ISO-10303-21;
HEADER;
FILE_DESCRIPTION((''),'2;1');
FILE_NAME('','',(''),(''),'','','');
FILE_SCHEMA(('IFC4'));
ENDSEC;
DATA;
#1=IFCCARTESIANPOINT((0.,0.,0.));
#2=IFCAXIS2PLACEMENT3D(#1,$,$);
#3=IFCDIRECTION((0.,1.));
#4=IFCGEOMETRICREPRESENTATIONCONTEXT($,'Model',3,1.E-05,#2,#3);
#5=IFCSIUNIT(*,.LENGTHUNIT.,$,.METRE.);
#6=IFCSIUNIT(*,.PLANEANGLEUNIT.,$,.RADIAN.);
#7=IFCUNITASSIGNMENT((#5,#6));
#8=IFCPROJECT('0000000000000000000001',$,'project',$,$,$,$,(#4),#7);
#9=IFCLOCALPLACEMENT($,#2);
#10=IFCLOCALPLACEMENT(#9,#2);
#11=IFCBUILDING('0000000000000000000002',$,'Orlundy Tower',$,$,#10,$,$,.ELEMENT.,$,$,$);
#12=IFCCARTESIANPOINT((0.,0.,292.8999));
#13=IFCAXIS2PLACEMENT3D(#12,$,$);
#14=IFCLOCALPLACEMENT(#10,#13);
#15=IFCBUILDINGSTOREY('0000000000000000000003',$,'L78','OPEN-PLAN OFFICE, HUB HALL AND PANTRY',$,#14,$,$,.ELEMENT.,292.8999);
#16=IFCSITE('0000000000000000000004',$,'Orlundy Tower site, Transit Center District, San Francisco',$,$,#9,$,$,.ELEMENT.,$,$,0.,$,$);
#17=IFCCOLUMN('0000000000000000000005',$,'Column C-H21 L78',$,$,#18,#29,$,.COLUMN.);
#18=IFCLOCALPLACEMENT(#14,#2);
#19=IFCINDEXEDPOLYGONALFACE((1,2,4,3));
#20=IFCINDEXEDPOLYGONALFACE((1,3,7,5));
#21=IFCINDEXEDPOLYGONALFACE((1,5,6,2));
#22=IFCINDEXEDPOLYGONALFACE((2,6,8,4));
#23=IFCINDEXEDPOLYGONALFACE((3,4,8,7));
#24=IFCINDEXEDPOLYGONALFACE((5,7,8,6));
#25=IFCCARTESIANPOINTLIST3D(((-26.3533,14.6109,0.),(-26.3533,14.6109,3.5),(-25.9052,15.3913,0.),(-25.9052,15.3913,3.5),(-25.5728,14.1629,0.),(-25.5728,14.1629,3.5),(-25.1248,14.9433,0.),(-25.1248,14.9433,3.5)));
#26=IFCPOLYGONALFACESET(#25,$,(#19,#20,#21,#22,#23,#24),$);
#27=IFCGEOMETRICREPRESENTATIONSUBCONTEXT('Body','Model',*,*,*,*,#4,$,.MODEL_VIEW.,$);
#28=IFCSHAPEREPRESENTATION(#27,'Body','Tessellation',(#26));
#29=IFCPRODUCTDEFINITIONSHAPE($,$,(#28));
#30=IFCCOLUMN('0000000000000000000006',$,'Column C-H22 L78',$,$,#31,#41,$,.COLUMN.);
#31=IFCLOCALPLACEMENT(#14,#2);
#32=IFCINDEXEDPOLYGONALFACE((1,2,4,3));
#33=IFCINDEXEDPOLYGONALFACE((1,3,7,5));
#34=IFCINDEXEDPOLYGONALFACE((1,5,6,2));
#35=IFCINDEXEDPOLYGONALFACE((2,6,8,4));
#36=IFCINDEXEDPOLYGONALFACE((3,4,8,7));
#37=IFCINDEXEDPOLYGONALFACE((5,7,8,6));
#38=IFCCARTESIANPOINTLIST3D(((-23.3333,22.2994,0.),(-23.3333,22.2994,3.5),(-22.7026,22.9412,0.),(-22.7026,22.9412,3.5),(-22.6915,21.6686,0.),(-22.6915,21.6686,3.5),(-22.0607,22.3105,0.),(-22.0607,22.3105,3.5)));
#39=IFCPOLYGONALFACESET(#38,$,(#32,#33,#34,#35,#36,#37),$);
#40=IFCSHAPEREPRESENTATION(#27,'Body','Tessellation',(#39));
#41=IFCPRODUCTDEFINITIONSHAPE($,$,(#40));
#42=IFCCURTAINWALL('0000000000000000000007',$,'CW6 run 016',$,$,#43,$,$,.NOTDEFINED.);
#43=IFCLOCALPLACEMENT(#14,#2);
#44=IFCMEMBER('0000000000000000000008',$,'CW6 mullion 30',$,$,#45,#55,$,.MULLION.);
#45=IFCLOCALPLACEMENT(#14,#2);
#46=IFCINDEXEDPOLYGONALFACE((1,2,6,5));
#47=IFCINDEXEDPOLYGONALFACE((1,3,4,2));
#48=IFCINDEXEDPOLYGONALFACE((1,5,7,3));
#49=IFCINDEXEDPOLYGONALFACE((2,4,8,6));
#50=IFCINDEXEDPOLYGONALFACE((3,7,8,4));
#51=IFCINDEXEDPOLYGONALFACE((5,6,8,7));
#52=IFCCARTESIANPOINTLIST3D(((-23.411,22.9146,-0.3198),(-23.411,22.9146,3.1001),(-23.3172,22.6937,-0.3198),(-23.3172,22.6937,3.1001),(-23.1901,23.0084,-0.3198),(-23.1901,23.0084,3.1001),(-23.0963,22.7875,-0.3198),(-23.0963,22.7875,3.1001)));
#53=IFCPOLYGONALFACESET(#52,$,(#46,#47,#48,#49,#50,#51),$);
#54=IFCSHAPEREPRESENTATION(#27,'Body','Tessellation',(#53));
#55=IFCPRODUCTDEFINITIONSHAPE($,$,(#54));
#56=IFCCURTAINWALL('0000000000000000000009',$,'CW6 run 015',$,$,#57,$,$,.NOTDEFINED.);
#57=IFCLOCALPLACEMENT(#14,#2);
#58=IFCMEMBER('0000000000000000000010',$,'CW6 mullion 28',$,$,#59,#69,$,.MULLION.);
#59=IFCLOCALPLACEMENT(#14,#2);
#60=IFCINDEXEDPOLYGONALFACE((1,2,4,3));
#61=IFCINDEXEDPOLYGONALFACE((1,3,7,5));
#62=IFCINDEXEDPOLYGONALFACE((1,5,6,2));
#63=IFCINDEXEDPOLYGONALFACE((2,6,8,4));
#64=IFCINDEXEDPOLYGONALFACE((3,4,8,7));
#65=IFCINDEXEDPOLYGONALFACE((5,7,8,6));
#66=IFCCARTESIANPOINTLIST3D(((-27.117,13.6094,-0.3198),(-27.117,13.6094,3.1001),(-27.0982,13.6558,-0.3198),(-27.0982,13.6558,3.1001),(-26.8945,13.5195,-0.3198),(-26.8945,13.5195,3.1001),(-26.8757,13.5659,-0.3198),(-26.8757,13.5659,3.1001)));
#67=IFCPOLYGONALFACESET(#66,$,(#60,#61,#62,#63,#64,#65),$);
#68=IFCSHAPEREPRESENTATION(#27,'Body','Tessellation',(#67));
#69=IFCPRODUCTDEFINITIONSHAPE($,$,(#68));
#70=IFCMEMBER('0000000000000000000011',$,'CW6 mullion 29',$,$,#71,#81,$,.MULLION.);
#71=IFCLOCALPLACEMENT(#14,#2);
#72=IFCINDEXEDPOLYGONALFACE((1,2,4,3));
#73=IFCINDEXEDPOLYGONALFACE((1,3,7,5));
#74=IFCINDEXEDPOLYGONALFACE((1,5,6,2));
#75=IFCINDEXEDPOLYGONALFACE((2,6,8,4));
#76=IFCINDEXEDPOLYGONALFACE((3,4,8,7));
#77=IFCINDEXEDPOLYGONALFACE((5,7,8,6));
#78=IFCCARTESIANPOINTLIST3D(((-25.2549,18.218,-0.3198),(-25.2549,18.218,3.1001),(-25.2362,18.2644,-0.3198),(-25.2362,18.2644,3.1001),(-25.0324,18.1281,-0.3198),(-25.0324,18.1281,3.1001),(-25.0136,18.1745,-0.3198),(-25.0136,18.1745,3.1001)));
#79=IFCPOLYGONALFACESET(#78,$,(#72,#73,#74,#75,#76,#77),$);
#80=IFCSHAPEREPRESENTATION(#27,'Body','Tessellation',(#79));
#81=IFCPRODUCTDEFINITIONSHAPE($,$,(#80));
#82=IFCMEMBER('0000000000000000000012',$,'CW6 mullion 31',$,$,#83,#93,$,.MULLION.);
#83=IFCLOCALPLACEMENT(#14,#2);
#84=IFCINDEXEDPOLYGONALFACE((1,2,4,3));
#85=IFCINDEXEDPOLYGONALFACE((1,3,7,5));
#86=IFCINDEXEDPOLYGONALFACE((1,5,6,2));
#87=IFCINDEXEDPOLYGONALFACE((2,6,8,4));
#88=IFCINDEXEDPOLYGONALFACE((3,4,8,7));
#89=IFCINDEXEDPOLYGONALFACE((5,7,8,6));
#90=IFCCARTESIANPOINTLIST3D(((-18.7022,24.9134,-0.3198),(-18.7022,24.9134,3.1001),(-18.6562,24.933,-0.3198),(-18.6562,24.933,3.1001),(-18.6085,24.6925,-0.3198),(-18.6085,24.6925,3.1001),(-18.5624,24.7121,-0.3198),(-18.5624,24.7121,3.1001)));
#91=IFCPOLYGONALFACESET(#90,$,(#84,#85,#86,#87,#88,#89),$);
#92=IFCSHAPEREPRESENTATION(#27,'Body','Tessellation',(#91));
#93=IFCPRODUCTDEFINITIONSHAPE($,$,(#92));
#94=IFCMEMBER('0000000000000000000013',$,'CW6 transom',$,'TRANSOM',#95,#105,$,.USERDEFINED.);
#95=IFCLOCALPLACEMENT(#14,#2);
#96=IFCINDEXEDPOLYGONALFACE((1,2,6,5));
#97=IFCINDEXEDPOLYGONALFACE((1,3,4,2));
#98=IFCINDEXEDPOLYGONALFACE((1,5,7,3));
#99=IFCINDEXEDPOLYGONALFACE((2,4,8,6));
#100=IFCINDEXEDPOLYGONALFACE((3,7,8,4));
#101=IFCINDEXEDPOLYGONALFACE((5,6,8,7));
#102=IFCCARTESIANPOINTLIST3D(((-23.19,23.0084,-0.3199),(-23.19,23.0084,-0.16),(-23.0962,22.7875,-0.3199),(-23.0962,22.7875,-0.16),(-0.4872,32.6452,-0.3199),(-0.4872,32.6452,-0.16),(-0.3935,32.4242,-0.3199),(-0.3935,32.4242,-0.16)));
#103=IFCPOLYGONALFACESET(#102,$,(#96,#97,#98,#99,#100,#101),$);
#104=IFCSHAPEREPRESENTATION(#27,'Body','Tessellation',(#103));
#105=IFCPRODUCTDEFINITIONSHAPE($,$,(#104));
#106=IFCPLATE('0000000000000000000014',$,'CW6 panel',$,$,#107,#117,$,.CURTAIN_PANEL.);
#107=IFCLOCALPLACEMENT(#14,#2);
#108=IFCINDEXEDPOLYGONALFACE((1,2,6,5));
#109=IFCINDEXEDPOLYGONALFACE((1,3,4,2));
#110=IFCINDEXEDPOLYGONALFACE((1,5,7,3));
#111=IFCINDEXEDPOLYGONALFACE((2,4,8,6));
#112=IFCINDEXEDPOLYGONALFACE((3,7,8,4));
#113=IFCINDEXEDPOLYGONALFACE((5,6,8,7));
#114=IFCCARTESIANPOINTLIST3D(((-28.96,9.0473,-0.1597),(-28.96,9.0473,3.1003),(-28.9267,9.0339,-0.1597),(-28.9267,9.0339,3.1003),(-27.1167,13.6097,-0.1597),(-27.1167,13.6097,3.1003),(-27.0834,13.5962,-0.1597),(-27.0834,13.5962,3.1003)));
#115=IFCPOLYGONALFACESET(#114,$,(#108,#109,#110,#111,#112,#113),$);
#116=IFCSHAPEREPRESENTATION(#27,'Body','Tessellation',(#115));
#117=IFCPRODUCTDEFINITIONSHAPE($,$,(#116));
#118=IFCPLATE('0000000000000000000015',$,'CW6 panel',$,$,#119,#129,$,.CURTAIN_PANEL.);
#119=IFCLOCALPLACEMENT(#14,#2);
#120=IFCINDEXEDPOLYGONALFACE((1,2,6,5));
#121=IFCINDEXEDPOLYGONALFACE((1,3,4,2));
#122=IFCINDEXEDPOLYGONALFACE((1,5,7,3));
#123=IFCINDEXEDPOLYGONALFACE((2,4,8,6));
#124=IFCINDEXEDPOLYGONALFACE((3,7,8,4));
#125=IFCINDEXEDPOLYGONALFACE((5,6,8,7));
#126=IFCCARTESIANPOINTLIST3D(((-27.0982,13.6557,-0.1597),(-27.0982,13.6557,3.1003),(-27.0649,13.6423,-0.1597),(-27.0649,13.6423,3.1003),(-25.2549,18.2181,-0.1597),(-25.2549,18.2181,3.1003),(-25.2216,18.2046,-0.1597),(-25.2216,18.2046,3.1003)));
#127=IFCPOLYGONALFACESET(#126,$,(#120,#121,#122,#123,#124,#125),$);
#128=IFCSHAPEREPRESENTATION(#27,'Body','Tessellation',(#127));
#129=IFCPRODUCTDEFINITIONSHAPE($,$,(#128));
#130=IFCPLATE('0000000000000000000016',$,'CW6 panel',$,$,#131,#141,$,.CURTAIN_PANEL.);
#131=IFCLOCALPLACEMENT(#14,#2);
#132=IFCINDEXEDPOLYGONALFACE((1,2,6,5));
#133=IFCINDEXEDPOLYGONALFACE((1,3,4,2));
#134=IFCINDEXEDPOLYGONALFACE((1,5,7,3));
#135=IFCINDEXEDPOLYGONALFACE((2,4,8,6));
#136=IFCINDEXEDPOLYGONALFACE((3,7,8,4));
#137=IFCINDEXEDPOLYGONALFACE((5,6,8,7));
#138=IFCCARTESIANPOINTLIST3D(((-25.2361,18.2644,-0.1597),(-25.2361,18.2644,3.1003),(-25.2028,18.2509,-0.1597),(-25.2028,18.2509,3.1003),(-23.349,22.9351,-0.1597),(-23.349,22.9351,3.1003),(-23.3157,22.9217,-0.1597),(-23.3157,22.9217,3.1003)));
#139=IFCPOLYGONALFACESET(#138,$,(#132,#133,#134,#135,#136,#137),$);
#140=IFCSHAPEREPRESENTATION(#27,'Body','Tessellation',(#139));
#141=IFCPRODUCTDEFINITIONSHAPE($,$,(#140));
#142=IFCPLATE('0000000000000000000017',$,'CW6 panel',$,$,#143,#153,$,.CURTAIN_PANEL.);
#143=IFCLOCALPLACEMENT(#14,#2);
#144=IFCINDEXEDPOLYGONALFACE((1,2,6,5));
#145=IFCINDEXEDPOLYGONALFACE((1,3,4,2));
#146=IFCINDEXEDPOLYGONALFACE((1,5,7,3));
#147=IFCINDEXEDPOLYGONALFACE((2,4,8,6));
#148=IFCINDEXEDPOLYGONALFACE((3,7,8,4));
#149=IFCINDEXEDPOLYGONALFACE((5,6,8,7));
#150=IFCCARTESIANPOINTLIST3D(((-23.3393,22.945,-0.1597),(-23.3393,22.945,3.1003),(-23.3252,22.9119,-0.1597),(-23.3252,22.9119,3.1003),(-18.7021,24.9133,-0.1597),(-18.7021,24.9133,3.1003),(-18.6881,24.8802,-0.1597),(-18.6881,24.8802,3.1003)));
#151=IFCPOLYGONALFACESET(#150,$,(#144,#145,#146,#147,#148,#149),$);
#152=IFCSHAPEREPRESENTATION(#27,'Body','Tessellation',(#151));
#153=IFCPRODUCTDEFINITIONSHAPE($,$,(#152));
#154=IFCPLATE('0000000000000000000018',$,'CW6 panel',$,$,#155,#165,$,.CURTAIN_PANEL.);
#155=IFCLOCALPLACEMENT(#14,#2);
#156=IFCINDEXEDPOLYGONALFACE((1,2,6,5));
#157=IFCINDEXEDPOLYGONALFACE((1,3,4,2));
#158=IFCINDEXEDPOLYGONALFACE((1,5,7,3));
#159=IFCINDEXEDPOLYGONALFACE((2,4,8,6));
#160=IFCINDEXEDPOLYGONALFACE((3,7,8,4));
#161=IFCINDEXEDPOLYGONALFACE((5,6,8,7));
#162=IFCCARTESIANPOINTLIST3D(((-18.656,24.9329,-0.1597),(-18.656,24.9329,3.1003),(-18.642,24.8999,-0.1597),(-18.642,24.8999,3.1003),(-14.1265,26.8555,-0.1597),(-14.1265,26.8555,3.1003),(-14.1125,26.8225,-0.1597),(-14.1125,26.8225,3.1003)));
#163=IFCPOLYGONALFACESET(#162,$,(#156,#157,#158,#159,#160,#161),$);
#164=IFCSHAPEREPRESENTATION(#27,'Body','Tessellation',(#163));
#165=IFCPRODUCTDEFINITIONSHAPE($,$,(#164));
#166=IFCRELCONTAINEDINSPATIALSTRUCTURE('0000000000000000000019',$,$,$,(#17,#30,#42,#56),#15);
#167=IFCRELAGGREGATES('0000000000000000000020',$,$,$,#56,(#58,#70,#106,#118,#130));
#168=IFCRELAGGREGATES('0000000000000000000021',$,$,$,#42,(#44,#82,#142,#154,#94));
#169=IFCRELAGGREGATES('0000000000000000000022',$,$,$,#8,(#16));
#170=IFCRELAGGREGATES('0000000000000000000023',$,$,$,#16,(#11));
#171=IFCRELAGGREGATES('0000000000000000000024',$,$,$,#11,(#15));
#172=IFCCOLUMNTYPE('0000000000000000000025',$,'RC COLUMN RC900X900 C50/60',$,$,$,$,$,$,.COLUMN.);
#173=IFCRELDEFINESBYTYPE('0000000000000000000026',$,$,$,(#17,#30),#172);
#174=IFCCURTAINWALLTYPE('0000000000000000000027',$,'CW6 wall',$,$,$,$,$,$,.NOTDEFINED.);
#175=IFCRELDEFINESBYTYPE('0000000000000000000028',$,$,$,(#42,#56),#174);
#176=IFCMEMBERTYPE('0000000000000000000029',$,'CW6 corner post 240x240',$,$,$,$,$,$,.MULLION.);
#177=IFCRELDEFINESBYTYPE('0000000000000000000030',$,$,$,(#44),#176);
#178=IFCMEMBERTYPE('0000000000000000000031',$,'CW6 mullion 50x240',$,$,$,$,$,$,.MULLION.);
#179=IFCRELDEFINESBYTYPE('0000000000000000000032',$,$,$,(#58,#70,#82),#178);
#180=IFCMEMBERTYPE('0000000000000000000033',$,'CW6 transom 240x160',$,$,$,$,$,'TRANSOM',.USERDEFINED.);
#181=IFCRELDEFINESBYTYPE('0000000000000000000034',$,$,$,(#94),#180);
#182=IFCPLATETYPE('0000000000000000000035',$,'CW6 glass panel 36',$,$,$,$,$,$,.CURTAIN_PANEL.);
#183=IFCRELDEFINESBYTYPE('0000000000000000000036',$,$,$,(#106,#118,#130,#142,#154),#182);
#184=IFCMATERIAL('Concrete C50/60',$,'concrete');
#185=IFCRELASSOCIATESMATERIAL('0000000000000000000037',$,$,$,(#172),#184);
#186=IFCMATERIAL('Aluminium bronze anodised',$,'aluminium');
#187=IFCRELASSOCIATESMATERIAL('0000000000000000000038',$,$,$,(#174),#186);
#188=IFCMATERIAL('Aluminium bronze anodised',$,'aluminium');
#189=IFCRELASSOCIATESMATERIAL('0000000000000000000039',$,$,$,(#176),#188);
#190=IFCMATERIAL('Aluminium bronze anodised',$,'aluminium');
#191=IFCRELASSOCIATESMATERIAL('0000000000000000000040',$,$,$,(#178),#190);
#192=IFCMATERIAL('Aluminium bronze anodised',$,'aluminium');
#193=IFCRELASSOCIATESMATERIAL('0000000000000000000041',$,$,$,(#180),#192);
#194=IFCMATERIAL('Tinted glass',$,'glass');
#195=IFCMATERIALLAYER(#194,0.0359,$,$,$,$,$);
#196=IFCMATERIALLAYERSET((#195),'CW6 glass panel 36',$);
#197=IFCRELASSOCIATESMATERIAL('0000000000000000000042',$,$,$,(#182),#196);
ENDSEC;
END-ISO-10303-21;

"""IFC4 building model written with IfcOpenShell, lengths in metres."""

from ifc_helpers import new_model, si_unit, direction, frame, origin, origin_2d, place, context, subcontext, project, spatial, rectangle, extrude, material, layer, layer_set, material_profile, profile_set, type_object, element, aggregate, save


model = new_model("IFC4")

# Units and contexts
model_context = context("Model", 3, precision=1e-05, world=origin(), true_north=direction((0.0, 1.0)))
body_context = subcontext(model_context, "Body", "Model", "MODEL_VIEW")
ifc_project = project(units=[si_unit("LENGTHUNIT", "METRE"), si_unit("PLANEANGLEUNIT", "RADIAN")], contexts=[model_context])

# Site, building, storey
site_placement = place(None, origin())
site = spatial("IfcSite", under=ifc_project, at=site_placement, Name="Orlundy Tower site, Transit Center District, San Francisco", CompositionType="ELEMENT", RefElevation=0.0)
building_placement = place(site_placement, origin())
building = spatial("IfcBuilding", under=site, at=building_placement, Name="Orlundy Tower", CompositionType="ELEMENT")
storey_placement = place(building_placement, frame((0.0, 0.0, 292.8999)))
storey = spatial("IfcBuildingStorey", under=building, at=storey_placement, Name="L78", Description="OPEN-PLAN OFFICE, HUB HALL AND PANTRY", CompositionType="ELEMENT", Elevation=292.8999)

# Columns
ifc_material_1 = material(Name="Concrete C50/60", Category="concrete")
ifc_material_profile_1 = material_profile(ifc_material_1, rectangle(XDim=0.8999, YDim=0.8999, at=origin_2d()), Name="RC900X900")
ifc_profile_set_1 = profile_set([ifc_material_profile_1], Name="Concrete C50/60")
column_type = type_object("IfcColumnType", Name="RC COLUMN RC900X900 C50/60", PredefinedType="COLUMN", material=ifc_profile_set_1)
for number, where, z_axis, x_axis, name in (
    (1, (-25.739, 14.7771, 0.0), (0.0, 0.0, 1.0), (-0.867236, 0.497898, 0.0), "Column C-H21 L78"),
    (2, (-22.697, 22.3049, 0.0), (0.0, 0.0, 1.0), (-0.713238, 0.700922, 0.0), "Column C-H22 L78"),
):
    element("IfcColumn", number, at=place(storey_placement, frame(where, z_axis=z_axis, x_axis=x_axis)), inside=storey, type_object=column_type, Name=name, PredefinedType="COLUMN", context=body_context, shape_type="SweptSolid", body=[
        extrude(rectangle(XDim=0.8999, YDim=0.8999, at=origin_2d()), origin(), (0.0, 0.0, 1.0), 3.5),
    ])

# Curtain wall, member
ifc_material_2 = material(Name="Aluminium bronze anodised", Category="aluminium")
curtain_wall_type = type_object("IfcCurtainWallType", Name="CW6 wall", PredefinedType="NOTDEFINED", material=ifc_material_2)
curtain_wall_1_placement = place(storey_placement, origin())
curtain_wall_1 = element("IfcCurtainWall", 3, at=curtain_wall_1_placement, inside=storey, type_object=curtain_wall_type, Name="CW6 run 016", PredefinedType="NOTDEFINED")
ifc_material_3 = material(Name="Aluminium bronze anodised", Category="aluminium")
ifc_material_profile_2 = material_profile(ifc_material_3, rectangle(XDim=0.24, YDim=0.24, at=origin_2d()), Name="CW6 corner post 240x240")
ifc_profile_set_2 = profile_set([ifc_material_profile_2], Name="Aluminium bronze anodised")
member_type_1 = type_object("IfcMemberType", Name="CW6 corner post 240x240", PredefinedType="MULLION", material=ifc_profile_set_2)
member_1_placement = place(storey_placement, frame((-23.2537, 22.8511, -0.3198), z_axis=(0.0, 0.0, 1.0), x_axis=(-0.390727, 0.920507, 0.0)))
member_1 = element("IfcMember", 4, at=member_1_placement, type_object=member_type_1, Name="CW6 mullion 30", PredefinedType="MULLION", context=body_context, shape_type="SweptSolid", body=[
    extrude(rectangle(XDim=0.24, YDim=0.24, at=origin_2d()), origin(), (0.0, 0.0, 1.0), 3.4199),
])

# Curtain wall, members
curtain_wall_2_placement = place(storey_placement, origin())
curtain_wall_2 = element("IfcCurtainWall", 5, at=curtain_wall_2_placement, inside=storey, type_object=curtain_wall_type, Name="CW6 run 015", PredefinedType="NOTDEFINED")
ifc_material_4 = material(Name="Aluminium bronze anodised", Category="aluminium")
ifc_material_profile_3 = material_profile(ifc_material_4, rectangle(XDim=0.24, YDim=0.05, at=origin_2d()), Name="CW6 mullion 50x240")
ifc_profile_set_3 = profile_set([ifc_material_profile_3], Name="Aluminium bronze anodised")
member_type_2 = type_object("IfcMemberType", Name="CW6 mullion 50x240", PredefinedType="MULLION", material=ifc_profile_set_3)
member_2_placement = place(storey_placement, frame((-26.9963, 13.5876, -0.3198), z_axis=(0.0, 0.0, 1.0), x_axis=(-0.927184, 0.374607, 0.0)))
member_2 = element("IfcMember", 6, at=member_2_placement, type_object=member_type_2, Name="CW6 mullion 28", PredefinedType="MULLION", context=body_context, shape_type="SweptSolid", body=[
    extrude(rectangle(XDim=0.24, YDim=0.05, at=origin_2d()), origin(), (0.0, 0.0, 1.0), 3.4199),
])
member_3_placement = place(storey_placement, frame((-25.1343, 18.1963, -0.3198), z_axis=(0.0, 0.0, 1.0), x_axis=(-0.927184, 0.374607, 0.0)))
member_3 = element("IfcMember", 7, at=member_3_placement, type_object=member_type_2, Name="CW6 mullion 29", PredefinedType="MULLION", context=body_context, shape_type="SweptSolid", body=[
    extrude(rectangle(XDim=0.24, YDim=0.05, at=origin_2d()), origin(), (0.0, 0.0, 1.0), 3.4199),
])

# Members
member_4_placement = place(storey_placement, frame((-18.6323, 24.8127, -0.3198), z_axis=(0.0, 0.0, 1.0), x_axis=(-0.390727, 0.920507, 0.0)))
member_4 = element("IfcMember", 8, at=member_4_placement, type_object=member_type_2, Name="CW6 mullion 31", PredefinedType="MULLION", context=body_context, shape_type="SweptSolid", body=[
    extrude(rectangle(XDim=0.24, YDim=0.05, at=origin_2d()), origin(), (0.0, 0.0, 1.0), 3.4199),
])
ifc_material_5 = material(Name="Aluminium bronze anodised", Category="aluminium")
ifc_material_profile_4 = material_profile(ifc_material_5, rectangle(XDim=0.24, YDim=0.1599, at=origin_2d()), Name="CW6 transom 240x160")
ifc_profile_set_4 = profile_set([ifc_material_profile_4], Name="Aluminium bronze anodised")
member_type_3 = type_object("IfcMemberType", Name="CW6 transom 240x160", ElementType="TRANSOM", PredefinedType="USERDEFINED", material=ifc_profile_set_4)
member_5_placement = place(storey_placement, frame((-23.1431, 22.8979, -0.24), z_axis=(0.920505, 0.390732, 0.0), x_axis=(-0.390732, 0.920505, 0.0)))
member_5 = element("IfcMember", 9, at=member_5_placement, type_object=member_type_3, Name="CW6 transom", ObjectType="TRANSOM", PredefinedType="USERDEFINED", context=body_context, shape_type="SweptSolid", body=[
    extrude(rectangle(XDim=0.24, YDim=0.1599, at=origin_2d()), origin(), (0.0, 0.0, 1.0), 24.6633),
])

# Plates
ifc_material_6 = material(Name="Tinted glass", Category="glass")
ifc_layer_1 = layer(ifc_material_6, 0.0359)
ifc_layer_set_1 = layer_set([ifc_layer_1], Name="CW6 glass panel 36")
plate_type = type_object("IfcPlateType", Name="CW6 glass panel 36", PredefinedType="CURTAIN_PANEL", material=ifc_layer_set_1)
plate_1_placement = place(storey_placement, frame((-28.0217, 11.3218, -0.1597), z_axis=(0.0, 0.0, 1.0), x_axis=(0.374607, 0.927184, 0.0)))
plate_1 = element("IfcPlate", 10, at=plate_1_placement, type_object=plate_type, Name="CW6 panel", PredefinedType="CURTAIN_PANEL", context=body_context, shape_type="SweptSolid", body=[
    extrude(rectangle(XDim=4.9207, YDim=0.0359, at=origin_2d()), origin(), (0.0, 0.0, 1.0), 3.26),
])
plate_2_placement = place(storey_placement, frame((-26.1599, 15.9302, -0.1597), z_axis=(0.0, 0.0, 1.0), x_axis=(0.374607, 0.927184, 0.0)))
plate_2 = element("IfcPlate", 11, at=plate_2_placement, type_object=plate_type, Name="CW6 panel", PredefinedType="CURTAIN_PANEL", context=body_context, shape_type="SweptSolid", body=[
    extrude(rectangle(XDim=4.9207, YDim=0.0359, at=origin_2d()), origin(), (0.0, 0.0, 1.0), 3.26),
])
plate_3_placement = place(storey_placement, frame((-24.2759, 20.593, -0.1597), z_axis=(0.0, 0.0, 1.0), x_axis=(0.374607, 0.927184, 0.0)))
plate_3 = element("IfcPlate", 12, at=plate_3_placement, type_object=plate_type, Name="CW6 panel", PredefinedType="CURTAIN_PANEL", context=body_context, shape_type="SweptSolid", body=[
    extrude(rectangle(XDim=5.0376, YDim=0.0359, at=origin_2d()), origin(), (0.0, 0.0, 1.0), 3.26),
])
aggregate(curtain_wall_2, [member_2, member_3, plate_1, plate_2, plate_3])
plate_4_placement = place(storey_placement, frame((-21.0137, 23.9126, -0.1597), z_axis=(0.0, 0.0, 1.0), x_axis=(0.920507, 0.390727, 0.0)))
plate_4 = element("IfcPlate", 13, at=plate_4_placement, type_object=plate_type, Name="CW6 panel", PredefinedType="CURTAIN_PANEL", context=body_context, shape_type="SweptSolid", body=[
    extrude(rectangle(XDim=5.0376, YDim=0.0359, at=origin_2d()), origin(), (0.0, 0.0, 1.0), 3.26),
])
plate_5_placement = place(storey_placement, frame((-16.3843, 25.8777, -0.1597), z_axis=(0.0, 0.0, 1.0), x_axis=(0.920507, 0.390727, 0.0)))
plate_5 = element("IfcPlate", 14, at=plate_5_placement, type_object=plate_type, Name="CW6 panel", PredefinedType="CURTAIN_PANEL", context=body_context, shape_type="SweptSolid", body=[
    extrude(rectangle(XDim=4.9207, YDim=0.0359, at=origin_2d()), origin(), (0.0, 0.0, 1.0), 3.26),
])
aggregate(curtain_wall_1, [member_1, member_4, plate_4, plate_5, member_5])

save(model, "model.ifc")
